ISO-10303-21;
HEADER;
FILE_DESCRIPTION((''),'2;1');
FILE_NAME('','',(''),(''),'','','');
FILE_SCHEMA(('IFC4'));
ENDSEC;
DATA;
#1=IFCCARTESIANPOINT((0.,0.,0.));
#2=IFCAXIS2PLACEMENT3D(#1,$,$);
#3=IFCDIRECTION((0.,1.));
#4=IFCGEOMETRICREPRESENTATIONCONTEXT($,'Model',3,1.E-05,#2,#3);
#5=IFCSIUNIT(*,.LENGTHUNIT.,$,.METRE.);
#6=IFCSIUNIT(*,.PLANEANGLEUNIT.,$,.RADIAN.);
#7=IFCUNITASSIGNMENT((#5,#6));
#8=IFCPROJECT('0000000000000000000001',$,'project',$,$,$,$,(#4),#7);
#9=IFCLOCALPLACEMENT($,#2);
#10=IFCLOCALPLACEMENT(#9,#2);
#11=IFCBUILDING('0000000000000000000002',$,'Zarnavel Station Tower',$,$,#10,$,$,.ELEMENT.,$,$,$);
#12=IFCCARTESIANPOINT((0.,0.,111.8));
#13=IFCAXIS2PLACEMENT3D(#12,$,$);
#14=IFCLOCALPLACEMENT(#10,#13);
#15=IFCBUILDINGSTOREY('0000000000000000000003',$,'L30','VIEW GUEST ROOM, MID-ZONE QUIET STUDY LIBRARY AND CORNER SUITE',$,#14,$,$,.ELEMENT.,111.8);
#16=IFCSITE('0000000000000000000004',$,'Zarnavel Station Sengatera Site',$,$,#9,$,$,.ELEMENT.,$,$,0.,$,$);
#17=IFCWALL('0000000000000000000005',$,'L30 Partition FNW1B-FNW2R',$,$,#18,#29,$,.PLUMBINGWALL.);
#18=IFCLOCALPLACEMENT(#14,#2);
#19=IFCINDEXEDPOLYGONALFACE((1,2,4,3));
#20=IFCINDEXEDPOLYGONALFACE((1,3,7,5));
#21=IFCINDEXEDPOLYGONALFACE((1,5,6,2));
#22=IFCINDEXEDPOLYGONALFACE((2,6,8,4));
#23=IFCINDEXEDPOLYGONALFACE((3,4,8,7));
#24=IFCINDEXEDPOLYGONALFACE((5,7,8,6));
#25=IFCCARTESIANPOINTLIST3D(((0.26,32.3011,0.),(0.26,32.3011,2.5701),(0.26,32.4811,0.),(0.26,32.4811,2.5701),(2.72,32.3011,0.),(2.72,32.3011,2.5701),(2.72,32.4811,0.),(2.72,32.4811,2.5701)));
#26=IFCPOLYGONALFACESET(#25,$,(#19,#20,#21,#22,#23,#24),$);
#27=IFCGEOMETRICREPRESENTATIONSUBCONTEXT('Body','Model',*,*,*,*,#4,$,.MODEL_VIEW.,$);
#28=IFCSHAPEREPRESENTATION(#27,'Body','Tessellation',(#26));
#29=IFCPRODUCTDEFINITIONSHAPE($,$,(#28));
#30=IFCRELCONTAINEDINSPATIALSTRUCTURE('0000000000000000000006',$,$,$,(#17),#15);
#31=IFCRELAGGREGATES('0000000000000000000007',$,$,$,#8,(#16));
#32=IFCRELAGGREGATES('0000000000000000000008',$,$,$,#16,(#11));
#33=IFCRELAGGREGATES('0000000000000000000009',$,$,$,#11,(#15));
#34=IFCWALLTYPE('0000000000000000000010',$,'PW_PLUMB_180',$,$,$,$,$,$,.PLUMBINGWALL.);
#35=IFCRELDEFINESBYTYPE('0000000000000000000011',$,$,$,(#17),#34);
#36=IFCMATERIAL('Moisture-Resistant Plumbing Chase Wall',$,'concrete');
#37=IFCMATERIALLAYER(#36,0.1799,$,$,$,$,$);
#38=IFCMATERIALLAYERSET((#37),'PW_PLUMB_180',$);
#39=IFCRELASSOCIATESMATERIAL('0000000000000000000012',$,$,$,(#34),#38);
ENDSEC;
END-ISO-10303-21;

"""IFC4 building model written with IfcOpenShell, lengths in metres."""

from ifc_helpers import new_model, si_unit, direction, frame, frame_2d, origin, place, context, subcontext, project, spatial, rectangle, extrude, material, layer, layer_set, type_object, element, save


model = new_model("IFC4")

# Units and contexts
model_context = context("Model", 3, precision=1e-05, world=origin(), true_north=direction((0.0, 1.0)))
body_context = subcontext(model_context, "Body", "Model", "MODEL_VIEW")
ifc_project = project(units=[si_unit("LENGTHUNIT", "METRE"), si_unit("PLANEANGLEUNIT", "RADIAN")], contexts=[model_context])

# Site, building, storey
site_placement = place(None, origin())
site = spatial("IfcSite", under=ifc_project, at=site_placement, Name="Zarnavel Station Sengatera Site", CompositionType="ELEMENT", RefElevation=0.0)
building_placement = place(site_placement, origin())
building = spatial("IfcBuilding", under=site, at=building_placement, Name="Zarnavel Station Tower", CompositionType="ELEMENT")
storey_placement = place(building_placement, frame((0.0, 0.0, 111.8)))
storey = spatial("IfcBuildingStorey", under=building, at=storey_placement, Name="L30", Description="VIEW GUEST ROOM, MID-ZONE QUIET STUDY LIBRARY AND CORNER SUITE", CompositionType="ELEMENT", Elevation=111.8)

# Shared definitions
ifc_material_1 = material(Name="Moisture-Resistant Plumbing Chase Wall", Category="concrete")
ifc_layer_1 = layer(ifc_material_1, 0.1799)
ifc_layer_set_1 = layer_set([ifc_layer_1], Name="PW_PLUMB_180")
wall_type_1 = type_object("IfcWallType", Name="PW_PLUMB_180", PredefinedType="PLUMBINGWALL", material=ifc_layer_set_1)

# Wall
wall_1_placement = place(storey_placement, frame((0.26, 32.3911, 0.0), z_axis=(0.0, 0.0, 1.0), x_axis=(1.0, 0.0, 0.0)))
element("IfcWall", 1, at=wall_1_placement, inside=storey, type_object=wall_type_1, Name="L30 Partition FNW1B-FNW2R", PredefinedType="PLUMBINGWALL", context=body_context, shape_type="SweptSolid", body=[
    extrude(rectangle(XDim=2.46, YDim=0.1799, at=frame_2d((1.23, 0.0))), origin(), (0.0, 0.0, 1.0), 2.5701),
])

save(model, "model.ifc")
